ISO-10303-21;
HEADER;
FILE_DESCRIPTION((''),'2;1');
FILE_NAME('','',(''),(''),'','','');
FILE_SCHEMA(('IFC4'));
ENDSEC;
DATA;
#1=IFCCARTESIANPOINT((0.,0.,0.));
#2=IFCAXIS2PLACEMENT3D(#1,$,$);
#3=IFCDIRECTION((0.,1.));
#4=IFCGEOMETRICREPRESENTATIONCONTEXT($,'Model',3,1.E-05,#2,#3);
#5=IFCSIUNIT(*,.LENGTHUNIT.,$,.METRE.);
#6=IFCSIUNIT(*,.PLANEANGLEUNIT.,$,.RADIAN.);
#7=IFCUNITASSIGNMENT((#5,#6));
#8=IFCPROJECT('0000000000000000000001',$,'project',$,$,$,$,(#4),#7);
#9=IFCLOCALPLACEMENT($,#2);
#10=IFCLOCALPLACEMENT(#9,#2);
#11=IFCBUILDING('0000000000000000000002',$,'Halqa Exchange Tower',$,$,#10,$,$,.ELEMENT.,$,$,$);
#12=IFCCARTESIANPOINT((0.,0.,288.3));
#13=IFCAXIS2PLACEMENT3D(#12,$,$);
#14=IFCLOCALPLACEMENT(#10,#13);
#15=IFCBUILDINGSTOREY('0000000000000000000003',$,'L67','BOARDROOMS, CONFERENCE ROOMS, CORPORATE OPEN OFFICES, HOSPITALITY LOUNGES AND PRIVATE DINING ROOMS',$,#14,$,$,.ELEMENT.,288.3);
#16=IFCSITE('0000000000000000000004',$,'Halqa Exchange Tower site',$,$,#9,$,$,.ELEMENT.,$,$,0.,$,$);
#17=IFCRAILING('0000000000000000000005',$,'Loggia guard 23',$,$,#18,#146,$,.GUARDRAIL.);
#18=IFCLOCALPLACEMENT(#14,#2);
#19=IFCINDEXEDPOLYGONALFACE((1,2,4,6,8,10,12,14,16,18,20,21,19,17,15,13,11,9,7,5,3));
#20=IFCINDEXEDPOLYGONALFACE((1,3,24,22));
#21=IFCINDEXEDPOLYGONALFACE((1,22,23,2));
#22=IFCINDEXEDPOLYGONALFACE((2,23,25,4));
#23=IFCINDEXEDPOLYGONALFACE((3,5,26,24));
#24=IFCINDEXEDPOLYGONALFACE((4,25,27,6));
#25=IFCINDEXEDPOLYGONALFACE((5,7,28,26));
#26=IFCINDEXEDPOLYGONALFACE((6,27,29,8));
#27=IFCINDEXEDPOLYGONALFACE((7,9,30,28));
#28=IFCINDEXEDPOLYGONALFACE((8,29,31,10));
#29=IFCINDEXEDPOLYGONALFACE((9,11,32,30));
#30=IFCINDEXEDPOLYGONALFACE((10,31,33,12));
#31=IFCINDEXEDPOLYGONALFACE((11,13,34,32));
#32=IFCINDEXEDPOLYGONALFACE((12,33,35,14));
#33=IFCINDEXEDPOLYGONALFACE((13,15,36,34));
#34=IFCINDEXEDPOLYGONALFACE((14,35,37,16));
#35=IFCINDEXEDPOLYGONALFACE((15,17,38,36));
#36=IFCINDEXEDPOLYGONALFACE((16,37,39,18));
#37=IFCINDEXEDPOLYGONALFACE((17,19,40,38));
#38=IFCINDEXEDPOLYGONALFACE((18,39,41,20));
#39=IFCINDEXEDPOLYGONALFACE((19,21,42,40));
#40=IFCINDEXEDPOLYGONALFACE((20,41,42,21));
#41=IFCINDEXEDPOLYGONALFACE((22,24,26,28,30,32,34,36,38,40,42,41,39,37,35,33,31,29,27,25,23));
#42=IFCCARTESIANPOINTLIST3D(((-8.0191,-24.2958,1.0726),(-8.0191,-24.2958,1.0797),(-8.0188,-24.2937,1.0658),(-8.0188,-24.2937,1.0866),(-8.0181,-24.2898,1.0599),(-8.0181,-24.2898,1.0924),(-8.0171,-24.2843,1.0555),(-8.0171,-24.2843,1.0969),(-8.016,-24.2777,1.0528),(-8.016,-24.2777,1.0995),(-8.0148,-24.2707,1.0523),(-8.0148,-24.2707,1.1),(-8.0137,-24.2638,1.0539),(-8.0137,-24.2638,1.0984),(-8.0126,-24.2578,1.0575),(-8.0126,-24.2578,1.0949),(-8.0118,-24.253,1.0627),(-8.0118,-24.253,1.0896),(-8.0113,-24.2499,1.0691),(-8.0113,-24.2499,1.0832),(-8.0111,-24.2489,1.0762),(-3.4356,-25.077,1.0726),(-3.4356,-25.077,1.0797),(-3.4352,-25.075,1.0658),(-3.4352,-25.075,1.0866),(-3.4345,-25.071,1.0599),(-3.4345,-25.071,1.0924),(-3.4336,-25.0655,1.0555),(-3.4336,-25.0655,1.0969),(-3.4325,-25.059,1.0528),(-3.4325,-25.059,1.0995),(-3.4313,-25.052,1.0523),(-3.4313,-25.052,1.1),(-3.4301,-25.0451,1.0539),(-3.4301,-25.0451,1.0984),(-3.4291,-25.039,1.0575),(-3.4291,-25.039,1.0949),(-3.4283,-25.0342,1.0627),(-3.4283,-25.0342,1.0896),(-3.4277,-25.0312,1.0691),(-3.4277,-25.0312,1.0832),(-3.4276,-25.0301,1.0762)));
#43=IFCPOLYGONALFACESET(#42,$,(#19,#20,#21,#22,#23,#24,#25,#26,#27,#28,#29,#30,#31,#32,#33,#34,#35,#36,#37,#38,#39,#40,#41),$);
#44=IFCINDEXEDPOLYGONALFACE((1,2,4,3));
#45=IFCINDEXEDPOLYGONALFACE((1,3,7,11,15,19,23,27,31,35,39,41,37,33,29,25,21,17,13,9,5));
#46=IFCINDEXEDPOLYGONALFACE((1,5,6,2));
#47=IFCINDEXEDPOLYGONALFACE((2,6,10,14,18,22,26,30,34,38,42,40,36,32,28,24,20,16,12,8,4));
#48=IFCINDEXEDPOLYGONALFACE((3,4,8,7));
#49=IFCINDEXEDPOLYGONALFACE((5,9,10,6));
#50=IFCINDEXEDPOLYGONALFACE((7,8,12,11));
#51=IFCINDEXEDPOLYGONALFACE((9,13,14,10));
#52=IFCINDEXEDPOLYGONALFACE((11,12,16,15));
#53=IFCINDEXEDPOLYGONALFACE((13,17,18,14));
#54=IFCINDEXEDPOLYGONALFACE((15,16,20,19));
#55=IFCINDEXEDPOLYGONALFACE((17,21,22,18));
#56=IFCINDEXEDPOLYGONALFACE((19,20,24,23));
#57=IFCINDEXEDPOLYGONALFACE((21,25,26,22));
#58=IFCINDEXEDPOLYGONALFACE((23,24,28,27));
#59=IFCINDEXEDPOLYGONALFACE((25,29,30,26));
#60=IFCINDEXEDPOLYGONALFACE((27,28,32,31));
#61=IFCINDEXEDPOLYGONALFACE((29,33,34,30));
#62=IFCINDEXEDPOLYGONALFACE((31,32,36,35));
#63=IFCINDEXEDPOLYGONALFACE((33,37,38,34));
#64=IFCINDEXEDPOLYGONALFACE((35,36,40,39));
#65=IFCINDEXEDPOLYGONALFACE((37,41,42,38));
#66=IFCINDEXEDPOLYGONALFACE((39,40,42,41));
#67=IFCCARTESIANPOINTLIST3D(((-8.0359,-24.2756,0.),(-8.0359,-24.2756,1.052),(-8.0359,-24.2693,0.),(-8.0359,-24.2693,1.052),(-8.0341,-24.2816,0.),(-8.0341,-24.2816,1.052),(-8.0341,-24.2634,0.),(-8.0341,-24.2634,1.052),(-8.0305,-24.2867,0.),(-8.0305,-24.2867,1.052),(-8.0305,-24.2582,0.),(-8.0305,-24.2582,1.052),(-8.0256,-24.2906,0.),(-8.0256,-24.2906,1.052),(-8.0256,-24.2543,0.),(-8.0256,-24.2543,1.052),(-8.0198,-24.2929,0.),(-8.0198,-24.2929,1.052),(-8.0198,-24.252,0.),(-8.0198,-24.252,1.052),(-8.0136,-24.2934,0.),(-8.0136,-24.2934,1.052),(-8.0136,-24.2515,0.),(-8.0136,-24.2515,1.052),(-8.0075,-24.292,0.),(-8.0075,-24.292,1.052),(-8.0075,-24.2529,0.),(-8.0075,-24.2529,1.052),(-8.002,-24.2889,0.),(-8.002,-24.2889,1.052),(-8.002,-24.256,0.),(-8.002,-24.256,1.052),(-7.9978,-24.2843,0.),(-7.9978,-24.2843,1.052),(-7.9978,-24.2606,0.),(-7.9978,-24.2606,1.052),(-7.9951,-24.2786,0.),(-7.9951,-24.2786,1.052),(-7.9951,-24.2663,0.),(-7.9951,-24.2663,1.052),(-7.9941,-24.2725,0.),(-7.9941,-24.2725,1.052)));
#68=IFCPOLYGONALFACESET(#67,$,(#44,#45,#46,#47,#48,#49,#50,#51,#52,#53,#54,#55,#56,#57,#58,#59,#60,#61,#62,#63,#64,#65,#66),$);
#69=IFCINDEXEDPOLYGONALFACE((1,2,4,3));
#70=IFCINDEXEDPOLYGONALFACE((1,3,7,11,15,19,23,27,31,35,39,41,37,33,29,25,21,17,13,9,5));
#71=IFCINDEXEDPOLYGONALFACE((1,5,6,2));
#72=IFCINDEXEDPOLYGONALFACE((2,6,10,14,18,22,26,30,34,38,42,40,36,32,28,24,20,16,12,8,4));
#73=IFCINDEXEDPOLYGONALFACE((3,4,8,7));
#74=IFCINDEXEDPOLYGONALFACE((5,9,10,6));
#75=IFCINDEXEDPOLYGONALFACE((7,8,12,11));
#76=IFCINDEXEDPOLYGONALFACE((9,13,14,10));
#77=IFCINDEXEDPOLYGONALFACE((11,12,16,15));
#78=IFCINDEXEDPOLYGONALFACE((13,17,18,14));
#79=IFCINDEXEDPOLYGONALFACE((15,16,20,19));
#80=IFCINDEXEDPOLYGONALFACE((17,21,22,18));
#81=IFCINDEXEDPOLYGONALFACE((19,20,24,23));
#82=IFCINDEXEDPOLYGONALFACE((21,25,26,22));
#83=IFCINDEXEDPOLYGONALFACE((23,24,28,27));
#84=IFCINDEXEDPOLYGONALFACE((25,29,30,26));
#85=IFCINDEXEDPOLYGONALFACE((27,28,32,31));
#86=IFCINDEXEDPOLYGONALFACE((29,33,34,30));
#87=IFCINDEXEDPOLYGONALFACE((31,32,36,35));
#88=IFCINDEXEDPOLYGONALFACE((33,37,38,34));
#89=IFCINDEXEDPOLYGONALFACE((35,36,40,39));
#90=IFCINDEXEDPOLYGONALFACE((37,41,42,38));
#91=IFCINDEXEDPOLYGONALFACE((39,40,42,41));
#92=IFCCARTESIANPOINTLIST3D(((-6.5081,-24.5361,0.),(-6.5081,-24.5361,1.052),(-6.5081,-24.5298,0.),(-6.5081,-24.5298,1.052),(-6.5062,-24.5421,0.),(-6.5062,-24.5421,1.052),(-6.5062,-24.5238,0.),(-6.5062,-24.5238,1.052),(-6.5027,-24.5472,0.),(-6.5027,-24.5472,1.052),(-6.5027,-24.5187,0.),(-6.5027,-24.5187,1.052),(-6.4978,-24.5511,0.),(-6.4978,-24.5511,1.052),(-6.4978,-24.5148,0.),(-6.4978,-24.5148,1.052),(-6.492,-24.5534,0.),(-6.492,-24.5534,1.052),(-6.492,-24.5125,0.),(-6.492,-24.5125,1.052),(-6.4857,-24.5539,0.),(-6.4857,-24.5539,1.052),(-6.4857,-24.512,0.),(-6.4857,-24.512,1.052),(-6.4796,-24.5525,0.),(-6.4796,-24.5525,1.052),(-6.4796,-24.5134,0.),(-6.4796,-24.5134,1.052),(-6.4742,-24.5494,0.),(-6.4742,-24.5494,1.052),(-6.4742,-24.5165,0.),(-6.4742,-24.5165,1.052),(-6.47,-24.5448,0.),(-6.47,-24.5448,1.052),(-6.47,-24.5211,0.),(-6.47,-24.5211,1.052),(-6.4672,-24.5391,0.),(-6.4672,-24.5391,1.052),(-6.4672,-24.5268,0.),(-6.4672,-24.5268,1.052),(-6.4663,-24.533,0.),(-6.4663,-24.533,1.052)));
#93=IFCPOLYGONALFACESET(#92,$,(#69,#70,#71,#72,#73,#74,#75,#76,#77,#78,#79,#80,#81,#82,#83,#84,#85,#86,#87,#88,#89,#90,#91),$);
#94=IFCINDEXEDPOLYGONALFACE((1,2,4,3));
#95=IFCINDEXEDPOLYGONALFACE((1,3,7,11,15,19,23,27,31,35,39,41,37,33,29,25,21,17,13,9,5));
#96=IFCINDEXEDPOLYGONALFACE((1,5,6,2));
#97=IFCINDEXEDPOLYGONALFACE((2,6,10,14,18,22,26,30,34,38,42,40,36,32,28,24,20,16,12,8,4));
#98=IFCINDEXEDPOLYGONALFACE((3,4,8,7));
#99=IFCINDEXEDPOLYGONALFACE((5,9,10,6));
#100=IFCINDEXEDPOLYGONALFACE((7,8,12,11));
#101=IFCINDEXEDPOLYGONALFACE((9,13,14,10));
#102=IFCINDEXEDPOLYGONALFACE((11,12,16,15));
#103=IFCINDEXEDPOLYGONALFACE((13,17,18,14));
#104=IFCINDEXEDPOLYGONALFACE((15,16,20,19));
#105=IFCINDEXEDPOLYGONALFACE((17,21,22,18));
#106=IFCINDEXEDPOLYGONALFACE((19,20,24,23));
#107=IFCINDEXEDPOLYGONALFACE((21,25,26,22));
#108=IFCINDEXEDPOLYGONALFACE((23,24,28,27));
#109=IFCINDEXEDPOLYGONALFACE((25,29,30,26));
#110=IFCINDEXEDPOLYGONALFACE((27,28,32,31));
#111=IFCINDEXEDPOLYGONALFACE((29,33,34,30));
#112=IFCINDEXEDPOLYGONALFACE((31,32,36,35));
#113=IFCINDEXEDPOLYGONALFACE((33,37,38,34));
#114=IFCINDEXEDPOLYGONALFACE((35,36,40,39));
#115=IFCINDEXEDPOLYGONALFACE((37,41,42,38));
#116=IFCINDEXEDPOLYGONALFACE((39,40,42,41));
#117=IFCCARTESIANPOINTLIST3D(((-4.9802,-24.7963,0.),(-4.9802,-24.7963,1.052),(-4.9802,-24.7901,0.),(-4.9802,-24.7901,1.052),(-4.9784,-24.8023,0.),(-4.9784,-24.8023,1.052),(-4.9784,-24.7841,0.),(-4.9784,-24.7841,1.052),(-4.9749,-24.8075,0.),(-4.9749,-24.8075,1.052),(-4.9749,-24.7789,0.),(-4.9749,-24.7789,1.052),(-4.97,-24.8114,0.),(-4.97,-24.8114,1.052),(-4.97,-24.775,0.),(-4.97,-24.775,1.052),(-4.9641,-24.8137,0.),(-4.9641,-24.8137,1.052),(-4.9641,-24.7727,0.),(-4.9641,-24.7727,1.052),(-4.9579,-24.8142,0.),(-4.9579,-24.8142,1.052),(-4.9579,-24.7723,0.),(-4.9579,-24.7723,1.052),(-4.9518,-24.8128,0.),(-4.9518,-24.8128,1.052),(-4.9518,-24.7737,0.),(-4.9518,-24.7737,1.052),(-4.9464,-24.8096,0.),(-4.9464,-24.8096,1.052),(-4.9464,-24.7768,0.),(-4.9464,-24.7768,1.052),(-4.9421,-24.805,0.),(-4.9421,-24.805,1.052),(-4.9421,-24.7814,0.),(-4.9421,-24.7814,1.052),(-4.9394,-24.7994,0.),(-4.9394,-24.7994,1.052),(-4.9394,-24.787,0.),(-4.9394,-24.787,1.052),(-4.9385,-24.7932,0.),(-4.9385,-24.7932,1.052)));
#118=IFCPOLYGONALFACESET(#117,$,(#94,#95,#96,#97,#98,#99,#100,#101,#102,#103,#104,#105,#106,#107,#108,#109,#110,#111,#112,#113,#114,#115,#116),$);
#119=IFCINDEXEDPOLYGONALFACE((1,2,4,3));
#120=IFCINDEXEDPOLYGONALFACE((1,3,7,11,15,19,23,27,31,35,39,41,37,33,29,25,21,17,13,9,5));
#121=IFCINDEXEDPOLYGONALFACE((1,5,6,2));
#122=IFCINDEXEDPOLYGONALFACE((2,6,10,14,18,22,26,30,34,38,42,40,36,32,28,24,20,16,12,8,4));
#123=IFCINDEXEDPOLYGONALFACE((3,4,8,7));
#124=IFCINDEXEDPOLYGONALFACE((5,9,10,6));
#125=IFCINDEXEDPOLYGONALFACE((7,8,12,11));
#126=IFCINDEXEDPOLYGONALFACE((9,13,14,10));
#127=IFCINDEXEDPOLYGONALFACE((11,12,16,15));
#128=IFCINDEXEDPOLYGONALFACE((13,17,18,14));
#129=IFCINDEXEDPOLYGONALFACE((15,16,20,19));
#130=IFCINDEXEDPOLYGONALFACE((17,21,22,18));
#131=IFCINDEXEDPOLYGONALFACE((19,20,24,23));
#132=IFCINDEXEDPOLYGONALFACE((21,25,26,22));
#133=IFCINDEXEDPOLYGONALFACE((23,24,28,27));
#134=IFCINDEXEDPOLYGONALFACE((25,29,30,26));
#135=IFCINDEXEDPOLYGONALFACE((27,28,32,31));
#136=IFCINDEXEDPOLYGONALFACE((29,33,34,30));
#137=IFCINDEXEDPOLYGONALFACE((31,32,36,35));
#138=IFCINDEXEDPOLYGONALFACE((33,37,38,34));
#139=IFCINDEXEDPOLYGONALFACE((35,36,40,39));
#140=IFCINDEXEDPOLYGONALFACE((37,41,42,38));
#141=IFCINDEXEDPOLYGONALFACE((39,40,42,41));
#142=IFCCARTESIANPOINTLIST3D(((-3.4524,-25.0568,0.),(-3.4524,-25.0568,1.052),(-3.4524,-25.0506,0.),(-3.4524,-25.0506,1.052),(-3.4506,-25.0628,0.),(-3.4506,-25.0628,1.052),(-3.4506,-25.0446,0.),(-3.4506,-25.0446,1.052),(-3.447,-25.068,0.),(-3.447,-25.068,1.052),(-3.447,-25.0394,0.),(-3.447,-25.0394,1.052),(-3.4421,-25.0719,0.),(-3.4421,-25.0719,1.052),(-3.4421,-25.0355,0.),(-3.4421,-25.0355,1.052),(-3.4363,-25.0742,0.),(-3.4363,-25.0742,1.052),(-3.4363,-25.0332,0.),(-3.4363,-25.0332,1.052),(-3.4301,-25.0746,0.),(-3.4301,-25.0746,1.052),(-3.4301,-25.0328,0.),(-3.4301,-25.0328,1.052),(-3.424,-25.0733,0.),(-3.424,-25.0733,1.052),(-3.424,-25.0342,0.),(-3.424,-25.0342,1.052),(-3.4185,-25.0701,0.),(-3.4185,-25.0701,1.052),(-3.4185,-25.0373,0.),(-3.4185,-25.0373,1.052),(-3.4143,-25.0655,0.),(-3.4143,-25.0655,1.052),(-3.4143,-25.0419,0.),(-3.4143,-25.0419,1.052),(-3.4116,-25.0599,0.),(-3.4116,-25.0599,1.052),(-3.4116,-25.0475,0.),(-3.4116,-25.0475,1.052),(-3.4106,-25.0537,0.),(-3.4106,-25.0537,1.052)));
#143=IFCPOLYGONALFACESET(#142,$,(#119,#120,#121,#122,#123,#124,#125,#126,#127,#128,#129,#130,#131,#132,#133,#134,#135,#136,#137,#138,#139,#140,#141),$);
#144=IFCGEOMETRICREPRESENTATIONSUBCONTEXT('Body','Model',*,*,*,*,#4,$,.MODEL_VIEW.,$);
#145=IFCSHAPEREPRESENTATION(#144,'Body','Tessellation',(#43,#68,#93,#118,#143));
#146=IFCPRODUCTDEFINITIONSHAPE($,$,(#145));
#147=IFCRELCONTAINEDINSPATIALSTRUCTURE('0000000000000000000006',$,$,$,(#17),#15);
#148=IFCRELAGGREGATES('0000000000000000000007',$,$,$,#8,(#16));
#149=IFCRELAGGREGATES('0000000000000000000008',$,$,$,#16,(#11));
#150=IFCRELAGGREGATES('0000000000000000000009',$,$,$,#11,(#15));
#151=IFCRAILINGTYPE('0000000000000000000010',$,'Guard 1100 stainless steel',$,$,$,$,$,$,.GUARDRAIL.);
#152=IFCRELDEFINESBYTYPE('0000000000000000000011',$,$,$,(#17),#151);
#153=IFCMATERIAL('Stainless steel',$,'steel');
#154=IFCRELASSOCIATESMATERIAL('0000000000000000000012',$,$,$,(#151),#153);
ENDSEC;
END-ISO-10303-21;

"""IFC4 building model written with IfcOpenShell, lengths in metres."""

from ifc_helpers import new_model, si_unit, direction, frame, origin, origin_2d, place, context, subcontext, project, spatial, circle, extrude, material, type_object, element, save


model = new_model("IFC4")

# Units and contexts
model_context = context("Model", 3, precision=1e-05, world=origin(), true_north=direction((0.0, 1.0)))
body_context = subcontext(model_context, "Body", "Model", "MODEL_VIEW")
ifc_project = project(units=[si_unit("LENGTHUNIT", "METRE"), si_unit("PLANEANGLEUNIT", "RADIAN")], contexts=[model_context])

# Site, building, storey
site_placement = place(None, origin())
site = spatial("IfcSite", under=ifc_project, at=site_placement, Name="Halqa Exchange Tower site", CompositionType="ELEMENT", RefElevation=0.0)
building_placement = place(site_placement, origin())
building = spatial("IfcBuilding", under=site, at=building_placement, Name="Halqa Exchange Tower", CompositionType="ELEMENT")
storey_placement = place(building_placement, frame((0.0, 0.0, 288.3)))
storey = spatial("IfcBuildingStorey", under=building, at=storey_placement, Name="L67", Description="BOARDROOMS, CONFERENCE ROOMS, CORPORATE OPEN OFFICES, HOSPITALITY LOUNGES AND PRIVATE DINING ROOMS", CompositionType="ELEMENT", Elevation=288.3)

# Railing
ifc_material_1 = material(Name="Stainless steel", Category="steel")
railing_type = type_object("IfcRailingType", Name="Guard 1100 stainless steel", PredefinedType="GUARDRAIL", material=ifc_material_1)
railing_1_placement = place(storey_placement, frame((-8.0151, -24.2725, 0.0)))
element("IfcRailing", 1, at=railing_1_placement, inside=storey, type_object=railing_type, Name="Loggia guard 23", PredefinedType="GUARDRAIL", context=body_context, shape_type="SweptSolid", body=[
    extrude(circle(Radius=0.0239, at=origin_2d()), frame((0.0, 0.0, 1.0762), z_axis=(0.985783, -0.168025, 0.0), x_axis=(0.168025, 0.985783, 0.0)), (0.0, 0.0, 1.0), 4.6497),
    extrude(circle(Radius=0.021, at=origin_2d()), origin(), (0.0, 0.0, 1.0), 1.052),
    extrude(circle(Radius=0.021, at=origin_2d()), frame((1.5278, -0.2605, 0.0)), (0.0, 0.0, 1.0), 1.052),
    extrude(circle(Radius=0.021, at=origin_2d()), frame((3.0557, -0.5208, 0.0)), (0.0, 0.0, 1.0), 1.052),
    extrude(circle(Radius=0.021, at=origin_2d()), frame((4.5835, -0.7812, 0.0)), (0.0, 0.0, 1.0), 1.052),
])

save(model, "model.ifc")
